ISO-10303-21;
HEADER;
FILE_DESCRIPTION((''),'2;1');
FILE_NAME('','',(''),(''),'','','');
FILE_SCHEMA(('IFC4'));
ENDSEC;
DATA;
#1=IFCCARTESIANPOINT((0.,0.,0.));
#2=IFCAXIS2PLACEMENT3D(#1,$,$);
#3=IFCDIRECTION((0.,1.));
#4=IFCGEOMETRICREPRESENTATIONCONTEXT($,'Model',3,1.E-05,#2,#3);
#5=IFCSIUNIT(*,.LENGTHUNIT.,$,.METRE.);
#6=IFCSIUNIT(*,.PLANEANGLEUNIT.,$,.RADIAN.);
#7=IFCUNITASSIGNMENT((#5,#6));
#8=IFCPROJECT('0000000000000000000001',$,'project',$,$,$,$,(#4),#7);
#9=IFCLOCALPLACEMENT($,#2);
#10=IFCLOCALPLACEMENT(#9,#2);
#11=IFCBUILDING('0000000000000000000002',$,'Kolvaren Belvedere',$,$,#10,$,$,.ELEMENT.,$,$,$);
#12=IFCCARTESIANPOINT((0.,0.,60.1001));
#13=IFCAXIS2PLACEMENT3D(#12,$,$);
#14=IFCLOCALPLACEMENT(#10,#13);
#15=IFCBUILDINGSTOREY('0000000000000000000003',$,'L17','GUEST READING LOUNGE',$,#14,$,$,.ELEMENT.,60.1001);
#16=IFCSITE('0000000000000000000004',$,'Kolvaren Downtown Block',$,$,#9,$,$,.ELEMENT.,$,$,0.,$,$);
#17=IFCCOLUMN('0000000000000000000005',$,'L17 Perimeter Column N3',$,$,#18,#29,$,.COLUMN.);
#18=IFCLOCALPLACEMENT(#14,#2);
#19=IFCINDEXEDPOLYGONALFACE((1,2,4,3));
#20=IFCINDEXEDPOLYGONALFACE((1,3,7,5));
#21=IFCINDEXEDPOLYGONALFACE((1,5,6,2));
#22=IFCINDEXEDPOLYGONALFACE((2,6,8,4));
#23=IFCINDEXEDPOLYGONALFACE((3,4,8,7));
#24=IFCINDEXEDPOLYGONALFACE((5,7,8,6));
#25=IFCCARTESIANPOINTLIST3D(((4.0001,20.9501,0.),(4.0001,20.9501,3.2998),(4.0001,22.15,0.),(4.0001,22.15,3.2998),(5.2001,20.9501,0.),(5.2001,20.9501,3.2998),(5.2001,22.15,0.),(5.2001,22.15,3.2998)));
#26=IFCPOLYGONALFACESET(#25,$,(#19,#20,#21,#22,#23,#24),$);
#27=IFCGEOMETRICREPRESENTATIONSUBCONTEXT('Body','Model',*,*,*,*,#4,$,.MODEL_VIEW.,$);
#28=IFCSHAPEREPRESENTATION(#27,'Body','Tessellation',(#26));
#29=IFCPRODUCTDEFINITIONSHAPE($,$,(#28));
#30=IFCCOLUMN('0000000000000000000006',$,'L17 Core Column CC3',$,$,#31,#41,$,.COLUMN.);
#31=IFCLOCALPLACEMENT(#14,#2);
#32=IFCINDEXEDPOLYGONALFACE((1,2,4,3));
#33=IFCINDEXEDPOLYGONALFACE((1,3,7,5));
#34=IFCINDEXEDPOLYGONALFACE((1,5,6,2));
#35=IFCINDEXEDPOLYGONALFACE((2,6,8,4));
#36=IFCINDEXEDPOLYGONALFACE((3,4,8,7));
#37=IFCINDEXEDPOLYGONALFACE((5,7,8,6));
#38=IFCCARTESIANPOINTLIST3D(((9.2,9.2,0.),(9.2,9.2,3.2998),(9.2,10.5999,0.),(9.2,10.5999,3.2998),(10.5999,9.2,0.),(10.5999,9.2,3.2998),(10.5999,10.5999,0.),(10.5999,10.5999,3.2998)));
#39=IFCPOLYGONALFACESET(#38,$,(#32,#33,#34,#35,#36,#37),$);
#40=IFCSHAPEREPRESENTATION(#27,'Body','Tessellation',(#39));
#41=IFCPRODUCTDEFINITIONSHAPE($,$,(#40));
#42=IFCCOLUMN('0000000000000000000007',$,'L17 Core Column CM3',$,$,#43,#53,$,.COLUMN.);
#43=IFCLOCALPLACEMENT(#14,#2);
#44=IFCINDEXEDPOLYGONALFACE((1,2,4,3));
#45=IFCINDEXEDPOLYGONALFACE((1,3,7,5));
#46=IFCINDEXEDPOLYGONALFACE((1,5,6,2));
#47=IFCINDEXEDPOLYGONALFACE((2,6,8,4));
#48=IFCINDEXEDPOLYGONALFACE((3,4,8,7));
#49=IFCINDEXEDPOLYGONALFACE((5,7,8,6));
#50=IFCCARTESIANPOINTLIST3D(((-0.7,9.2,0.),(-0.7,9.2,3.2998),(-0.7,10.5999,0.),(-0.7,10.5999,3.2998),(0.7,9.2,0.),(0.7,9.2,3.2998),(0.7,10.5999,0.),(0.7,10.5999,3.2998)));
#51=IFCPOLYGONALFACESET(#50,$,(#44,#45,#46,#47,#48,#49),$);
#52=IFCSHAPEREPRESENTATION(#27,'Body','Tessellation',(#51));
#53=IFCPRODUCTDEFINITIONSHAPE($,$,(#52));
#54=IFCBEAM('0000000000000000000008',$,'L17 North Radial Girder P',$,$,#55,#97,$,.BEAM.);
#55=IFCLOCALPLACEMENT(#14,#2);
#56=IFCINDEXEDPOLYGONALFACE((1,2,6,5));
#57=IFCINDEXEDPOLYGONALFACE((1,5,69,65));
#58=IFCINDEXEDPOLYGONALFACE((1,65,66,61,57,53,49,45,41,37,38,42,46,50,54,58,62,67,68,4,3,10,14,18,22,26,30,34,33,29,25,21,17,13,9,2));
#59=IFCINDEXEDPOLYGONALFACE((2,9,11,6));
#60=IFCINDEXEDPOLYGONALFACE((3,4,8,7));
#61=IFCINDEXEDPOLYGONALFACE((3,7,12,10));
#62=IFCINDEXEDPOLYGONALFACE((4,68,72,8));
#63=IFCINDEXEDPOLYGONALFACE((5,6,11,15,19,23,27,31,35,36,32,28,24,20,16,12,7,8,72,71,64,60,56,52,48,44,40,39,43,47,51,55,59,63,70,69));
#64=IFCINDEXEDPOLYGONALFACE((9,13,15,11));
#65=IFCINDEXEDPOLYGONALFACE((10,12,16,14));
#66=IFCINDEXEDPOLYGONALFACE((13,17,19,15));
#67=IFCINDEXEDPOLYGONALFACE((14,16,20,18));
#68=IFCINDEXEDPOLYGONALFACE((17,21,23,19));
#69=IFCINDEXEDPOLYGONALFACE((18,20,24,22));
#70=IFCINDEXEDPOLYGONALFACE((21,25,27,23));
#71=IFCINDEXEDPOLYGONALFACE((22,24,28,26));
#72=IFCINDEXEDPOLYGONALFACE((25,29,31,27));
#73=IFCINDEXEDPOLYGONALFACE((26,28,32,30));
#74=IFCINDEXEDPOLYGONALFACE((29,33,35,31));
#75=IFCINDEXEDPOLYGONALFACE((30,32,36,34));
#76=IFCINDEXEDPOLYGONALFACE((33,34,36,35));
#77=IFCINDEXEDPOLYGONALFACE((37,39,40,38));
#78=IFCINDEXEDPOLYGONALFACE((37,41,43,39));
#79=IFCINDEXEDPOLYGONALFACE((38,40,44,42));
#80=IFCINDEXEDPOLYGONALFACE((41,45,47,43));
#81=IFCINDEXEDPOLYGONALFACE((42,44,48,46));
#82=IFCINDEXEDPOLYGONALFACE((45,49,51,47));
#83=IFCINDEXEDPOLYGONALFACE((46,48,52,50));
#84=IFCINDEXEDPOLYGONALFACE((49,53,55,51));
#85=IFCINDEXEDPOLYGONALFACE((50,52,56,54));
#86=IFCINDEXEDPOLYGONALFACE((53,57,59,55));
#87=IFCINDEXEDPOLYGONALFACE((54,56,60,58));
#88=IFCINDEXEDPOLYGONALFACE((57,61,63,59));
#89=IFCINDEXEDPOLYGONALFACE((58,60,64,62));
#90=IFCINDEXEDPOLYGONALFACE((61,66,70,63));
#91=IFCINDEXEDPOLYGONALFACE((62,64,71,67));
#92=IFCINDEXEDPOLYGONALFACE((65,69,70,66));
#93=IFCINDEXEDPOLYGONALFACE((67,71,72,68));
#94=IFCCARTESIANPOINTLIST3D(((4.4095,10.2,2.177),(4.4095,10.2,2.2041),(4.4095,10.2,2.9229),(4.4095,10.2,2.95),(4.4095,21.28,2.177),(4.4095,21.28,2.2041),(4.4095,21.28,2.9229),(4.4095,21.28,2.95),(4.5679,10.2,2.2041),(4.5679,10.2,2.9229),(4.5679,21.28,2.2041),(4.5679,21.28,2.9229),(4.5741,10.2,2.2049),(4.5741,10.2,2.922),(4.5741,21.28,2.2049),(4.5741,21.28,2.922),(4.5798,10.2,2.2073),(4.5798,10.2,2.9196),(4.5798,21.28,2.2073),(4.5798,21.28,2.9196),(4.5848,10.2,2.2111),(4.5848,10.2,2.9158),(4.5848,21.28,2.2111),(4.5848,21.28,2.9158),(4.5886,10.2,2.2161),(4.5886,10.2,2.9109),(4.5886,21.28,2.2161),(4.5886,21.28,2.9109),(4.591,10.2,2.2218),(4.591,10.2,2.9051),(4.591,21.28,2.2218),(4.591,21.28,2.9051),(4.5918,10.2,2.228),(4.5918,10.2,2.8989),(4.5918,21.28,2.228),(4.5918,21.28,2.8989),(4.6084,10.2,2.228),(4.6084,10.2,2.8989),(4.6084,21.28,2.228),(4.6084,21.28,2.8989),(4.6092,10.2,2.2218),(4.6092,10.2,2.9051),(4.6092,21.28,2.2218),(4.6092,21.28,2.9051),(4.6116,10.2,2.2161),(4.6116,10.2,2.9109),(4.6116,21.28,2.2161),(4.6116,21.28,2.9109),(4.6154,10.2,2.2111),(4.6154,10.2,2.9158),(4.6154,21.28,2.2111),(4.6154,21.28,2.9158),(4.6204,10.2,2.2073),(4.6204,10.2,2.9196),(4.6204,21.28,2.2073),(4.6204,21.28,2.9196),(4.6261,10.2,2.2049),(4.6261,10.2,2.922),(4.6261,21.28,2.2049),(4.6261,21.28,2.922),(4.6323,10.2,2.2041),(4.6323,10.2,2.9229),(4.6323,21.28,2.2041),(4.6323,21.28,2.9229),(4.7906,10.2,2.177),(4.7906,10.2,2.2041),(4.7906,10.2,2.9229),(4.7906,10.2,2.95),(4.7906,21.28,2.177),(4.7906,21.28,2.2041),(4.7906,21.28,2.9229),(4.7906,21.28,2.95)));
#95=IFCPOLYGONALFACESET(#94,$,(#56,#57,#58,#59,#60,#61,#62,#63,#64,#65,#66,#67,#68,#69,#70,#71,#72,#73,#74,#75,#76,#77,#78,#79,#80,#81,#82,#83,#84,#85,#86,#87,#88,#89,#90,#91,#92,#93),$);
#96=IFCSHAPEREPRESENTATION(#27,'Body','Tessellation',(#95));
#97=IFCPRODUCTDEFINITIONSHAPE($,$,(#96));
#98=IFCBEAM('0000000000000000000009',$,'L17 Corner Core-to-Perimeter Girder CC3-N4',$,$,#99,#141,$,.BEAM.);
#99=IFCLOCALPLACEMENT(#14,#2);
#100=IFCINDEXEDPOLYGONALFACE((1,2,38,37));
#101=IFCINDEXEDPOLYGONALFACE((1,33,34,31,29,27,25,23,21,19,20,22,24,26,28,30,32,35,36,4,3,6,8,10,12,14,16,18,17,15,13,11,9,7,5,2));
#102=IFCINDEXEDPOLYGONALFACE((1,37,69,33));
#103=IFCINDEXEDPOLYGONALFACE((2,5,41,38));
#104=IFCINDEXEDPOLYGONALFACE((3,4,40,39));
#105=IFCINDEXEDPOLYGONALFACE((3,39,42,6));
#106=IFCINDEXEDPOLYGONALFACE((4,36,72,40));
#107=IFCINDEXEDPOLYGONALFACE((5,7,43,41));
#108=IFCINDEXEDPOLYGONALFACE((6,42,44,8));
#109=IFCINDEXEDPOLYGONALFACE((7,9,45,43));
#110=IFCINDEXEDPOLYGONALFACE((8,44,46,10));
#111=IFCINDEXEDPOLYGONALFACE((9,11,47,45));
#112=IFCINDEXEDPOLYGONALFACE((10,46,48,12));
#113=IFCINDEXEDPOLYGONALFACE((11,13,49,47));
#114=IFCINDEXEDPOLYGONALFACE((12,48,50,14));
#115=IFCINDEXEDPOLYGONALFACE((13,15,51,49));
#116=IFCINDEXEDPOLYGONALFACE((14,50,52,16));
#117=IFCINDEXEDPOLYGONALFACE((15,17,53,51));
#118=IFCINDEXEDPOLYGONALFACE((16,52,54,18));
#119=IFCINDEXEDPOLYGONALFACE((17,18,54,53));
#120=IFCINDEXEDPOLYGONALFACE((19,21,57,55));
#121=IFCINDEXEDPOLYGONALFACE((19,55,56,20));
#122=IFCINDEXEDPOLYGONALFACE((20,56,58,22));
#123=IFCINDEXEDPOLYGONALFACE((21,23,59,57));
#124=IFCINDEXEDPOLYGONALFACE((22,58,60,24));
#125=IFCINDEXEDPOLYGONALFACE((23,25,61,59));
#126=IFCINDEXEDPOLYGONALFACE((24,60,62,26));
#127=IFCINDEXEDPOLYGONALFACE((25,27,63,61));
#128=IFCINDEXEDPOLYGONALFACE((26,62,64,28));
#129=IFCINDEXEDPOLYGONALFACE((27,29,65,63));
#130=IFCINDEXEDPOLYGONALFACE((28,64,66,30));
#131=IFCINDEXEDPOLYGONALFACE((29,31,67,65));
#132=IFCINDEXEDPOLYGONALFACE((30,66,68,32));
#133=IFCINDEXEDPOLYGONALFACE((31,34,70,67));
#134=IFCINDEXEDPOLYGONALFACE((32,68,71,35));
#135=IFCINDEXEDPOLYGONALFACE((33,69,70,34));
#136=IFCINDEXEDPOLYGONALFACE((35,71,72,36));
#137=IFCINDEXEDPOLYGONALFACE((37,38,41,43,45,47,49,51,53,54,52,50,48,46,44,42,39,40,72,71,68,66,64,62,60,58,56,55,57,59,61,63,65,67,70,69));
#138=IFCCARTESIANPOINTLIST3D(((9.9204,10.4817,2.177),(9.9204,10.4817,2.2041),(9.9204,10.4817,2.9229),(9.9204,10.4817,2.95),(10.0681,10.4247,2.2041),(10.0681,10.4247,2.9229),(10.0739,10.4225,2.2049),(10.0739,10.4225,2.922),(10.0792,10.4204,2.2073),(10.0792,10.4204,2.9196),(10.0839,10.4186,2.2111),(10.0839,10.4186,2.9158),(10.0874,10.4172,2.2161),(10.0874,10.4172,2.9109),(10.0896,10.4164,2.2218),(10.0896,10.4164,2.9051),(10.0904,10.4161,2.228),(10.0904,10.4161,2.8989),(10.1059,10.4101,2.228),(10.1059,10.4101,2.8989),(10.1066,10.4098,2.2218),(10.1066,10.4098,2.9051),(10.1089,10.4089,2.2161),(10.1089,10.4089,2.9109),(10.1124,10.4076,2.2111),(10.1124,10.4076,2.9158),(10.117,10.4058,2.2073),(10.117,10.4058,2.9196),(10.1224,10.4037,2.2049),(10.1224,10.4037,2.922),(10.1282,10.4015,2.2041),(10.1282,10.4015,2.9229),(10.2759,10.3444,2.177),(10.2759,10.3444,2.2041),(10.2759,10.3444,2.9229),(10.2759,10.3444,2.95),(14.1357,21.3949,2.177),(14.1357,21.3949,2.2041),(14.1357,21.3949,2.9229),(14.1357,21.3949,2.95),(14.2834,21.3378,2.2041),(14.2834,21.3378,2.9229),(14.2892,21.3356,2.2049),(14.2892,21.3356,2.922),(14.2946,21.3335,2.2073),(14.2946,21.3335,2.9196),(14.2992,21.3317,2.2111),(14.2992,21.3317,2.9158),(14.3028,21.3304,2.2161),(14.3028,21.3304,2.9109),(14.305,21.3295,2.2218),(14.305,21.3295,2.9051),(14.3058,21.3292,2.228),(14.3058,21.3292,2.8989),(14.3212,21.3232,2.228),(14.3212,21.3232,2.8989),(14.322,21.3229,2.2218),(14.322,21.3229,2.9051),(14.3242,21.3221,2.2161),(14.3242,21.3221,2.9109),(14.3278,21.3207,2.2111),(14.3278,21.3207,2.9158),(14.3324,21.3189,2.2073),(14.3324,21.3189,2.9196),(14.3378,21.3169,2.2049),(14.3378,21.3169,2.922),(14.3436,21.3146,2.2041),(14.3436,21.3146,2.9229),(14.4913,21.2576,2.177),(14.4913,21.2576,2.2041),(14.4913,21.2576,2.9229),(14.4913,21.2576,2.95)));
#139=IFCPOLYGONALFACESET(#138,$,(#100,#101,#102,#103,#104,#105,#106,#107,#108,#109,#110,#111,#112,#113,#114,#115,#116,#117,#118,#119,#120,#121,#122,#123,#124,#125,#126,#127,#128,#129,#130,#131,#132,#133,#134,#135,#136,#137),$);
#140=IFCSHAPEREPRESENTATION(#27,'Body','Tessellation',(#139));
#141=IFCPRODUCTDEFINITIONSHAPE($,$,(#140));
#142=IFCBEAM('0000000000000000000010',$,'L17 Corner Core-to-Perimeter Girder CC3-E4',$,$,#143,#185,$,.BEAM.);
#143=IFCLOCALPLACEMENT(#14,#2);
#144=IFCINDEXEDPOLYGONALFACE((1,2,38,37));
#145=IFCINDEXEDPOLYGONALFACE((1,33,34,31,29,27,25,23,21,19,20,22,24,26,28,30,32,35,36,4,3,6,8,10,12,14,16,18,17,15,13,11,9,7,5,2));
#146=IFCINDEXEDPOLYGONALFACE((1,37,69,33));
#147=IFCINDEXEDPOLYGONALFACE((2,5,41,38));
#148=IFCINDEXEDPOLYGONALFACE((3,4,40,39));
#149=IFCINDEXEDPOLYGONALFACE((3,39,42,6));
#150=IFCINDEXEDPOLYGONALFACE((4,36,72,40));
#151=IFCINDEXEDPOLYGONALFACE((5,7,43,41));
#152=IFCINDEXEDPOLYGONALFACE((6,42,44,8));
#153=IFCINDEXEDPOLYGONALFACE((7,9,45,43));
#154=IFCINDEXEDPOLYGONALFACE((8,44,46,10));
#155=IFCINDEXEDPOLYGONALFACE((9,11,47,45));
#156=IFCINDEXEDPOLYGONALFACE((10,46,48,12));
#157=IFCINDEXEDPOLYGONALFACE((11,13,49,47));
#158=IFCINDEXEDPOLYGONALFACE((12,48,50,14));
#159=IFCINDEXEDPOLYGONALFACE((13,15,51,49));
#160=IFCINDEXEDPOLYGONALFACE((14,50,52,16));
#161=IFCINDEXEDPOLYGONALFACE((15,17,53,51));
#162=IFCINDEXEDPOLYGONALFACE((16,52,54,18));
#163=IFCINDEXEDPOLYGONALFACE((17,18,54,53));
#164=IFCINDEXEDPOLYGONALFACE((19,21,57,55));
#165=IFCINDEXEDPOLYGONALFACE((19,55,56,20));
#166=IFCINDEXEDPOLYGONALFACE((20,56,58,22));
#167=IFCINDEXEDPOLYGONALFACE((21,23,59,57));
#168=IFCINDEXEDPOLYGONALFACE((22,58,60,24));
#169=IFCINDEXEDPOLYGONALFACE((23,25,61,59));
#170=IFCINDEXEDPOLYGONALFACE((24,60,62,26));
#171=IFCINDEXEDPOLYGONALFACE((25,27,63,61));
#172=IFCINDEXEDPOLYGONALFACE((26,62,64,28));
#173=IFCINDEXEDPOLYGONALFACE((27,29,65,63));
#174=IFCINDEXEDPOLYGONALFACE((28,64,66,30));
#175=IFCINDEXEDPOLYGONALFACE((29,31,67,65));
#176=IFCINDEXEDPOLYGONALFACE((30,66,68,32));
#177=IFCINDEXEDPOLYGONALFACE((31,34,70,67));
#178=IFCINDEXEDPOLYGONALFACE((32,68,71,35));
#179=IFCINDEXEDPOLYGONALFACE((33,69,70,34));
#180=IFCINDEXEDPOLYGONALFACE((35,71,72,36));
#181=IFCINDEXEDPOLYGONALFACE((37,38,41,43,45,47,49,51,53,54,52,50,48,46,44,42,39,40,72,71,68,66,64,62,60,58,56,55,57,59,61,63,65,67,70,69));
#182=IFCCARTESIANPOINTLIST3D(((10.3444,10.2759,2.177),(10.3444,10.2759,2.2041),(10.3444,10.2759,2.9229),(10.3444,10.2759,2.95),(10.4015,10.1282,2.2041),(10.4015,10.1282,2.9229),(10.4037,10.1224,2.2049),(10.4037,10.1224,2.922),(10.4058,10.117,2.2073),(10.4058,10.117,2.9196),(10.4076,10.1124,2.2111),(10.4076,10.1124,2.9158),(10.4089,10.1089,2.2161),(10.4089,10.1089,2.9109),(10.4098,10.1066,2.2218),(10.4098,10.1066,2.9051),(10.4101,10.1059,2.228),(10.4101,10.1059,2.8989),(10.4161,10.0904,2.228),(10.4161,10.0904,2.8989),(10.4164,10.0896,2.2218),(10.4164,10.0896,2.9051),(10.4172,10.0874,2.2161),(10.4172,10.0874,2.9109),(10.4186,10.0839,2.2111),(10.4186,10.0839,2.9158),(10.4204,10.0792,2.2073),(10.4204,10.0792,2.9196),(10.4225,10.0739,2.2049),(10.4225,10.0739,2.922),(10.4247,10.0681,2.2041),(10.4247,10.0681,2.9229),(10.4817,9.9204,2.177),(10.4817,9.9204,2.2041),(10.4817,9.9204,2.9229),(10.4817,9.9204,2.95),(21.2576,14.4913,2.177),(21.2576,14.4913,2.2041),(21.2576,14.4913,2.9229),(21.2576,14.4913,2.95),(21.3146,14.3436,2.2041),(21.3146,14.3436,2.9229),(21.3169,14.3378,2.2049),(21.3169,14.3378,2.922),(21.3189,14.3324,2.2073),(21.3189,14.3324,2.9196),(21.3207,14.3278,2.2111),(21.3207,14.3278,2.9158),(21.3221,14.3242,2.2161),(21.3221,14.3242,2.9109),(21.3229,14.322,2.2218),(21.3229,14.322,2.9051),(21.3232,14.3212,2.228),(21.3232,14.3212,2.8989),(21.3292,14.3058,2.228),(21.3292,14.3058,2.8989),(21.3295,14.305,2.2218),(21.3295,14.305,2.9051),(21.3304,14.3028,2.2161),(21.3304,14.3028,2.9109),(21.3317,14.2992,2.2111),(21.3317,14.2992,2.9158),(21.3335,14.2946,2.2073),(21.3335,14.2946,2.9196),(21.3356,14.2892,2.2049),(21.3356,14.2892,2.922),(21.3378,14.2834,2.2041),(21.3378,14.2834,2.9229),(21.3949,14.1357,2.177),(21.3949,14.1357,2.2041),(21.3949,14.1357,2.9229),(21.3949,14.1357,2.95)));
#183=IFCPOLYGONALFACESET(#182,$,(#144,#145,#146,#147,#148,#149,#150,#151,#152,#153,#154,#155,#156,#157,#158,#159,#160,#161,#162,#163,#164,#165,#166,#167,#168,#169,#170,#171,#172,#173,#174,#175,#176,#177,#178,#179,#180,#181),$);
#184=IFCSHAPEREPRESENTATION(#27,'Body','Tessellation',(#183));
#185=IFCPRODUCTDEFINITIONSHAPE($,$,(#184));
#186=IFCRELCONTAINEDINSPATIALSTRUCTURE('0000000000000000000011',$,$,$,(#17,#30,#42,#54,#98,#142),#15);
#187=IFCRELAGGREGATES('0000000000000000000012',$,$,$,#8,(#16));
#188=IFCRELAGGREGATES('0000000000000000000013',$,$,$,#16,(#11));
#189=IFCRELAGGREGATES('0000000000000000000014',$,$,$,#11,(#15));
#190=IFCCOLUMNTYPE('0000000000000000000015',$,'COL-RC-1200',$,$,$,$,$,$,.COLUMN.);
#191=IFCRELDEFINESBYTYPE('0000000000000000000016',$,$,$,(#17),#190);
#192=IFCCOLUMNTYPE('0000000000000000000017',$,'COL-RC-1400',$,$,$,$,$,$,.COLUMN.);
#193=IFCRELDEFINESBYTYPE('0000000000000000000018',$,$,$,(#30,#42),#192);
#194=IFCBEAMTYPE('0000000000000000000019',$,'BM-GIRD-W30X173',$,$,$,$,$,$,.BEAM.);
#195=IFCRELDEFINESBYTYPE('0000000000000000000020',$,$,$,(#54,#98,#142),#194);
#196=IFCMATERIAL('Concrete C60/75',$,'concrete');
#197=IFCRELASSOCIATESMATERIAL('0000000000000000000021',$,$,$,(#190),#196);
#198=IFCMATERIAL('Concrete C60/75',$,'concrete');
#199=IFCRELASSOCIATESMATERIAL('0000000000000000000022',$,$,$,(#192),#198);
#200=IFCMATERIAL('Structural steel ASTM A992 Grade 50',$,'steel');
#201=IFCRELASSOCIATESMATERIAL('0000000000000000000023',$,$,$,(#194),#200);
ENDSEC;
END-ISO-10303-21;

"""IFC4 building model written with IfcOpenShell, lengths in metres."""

from ifc_helpers import new_model, si_unit, direction, frame, origin, origin_2d, place, context, subcontext, project, spatial, rectangle, i_section, extrude, material, material_profile, profile_set, type_object, element, save


model = new_model("IFC4")

# Units and contexts
model_context = context("Model", 3, precision=1e-05, world=origin(), true_north=direction((0.0, 1.0)))
body_context = subcontext(model_context, "Body", "Model", "MODEL_VIEW")
ifc_project = project(units=[si_unit("LENGTHUNIT", "METRE"), si_unit("PLANEANGLEUNIT", "RADIAN")], contexts=[model_context])

# Site, building, storey
site_placement = place(None, origin())
site = spatial("IfcSite", under=ifc_project, at=site_placement, Name="Kolvaren Downtown Block", CompositionType="ELEMENT", RefElevation=0.0)
building_placement = place(site_placement, origin())
building = spatial("IfcBuilding", under=site, at=building_placement, Name="Kolvaren Belvedere", CompositionType="ELEMENT")
storey_placement = place(building_placement, frame((0.0, 0.0, 60.1001)))
storey = spatial("IfcBuildingStorey", under=building, at=storey_placement, Name="L17", Description="GUEST READING LOUNGE", CompositionType="ELEMENT", Elevation=60.1001)

# Columns
ifc_material_1 = material(Name="Concrete C60/75", Category="concrete")
ifc_material_profile_1 = material_profile(ifc_material_1, rectangle(XDim=1.2, YDim=1.2, at=origin_2d()), Name="RC 1200X1200")
ifc_profile_set_1 = profile_set([ifc_material_profile_1], Name="Concrete C60/75")
column_type_1 = type_object("IfcColumnType", Name="COL-RC-1200", PredefinedType="COLUMN", material=ifc_profile_set_1)
column_placement = place(storey_placement, frame((4.6001, 21.55, 0.0), z_axis=(0.0, 0.0, 1.0), x_axis=(1.0, 0.0, 0.0)))
element("IfcColumn", 1, at=column_placement, inside=storey, type_object=column_type_1, Name="L17 Perimeter Column N3", PredefinedType="COLUMN", context=body_context, shape_type="SweptSolid", body=[
    extrude(rectangle(XDim=1.2, YDim=1.2, at=origin_2d()), origin(), (0.0, 0.0, 1.0), 3.2998),
])
ifc_material_2 = material(Name="Concrete C60/75", Category="concrete")
ifc_material_profile_2 = material_profile(ifc_material_2, rectangle(XDim=1.3999, YDim=1.3999, at=origin_2d()), Name="RC 1400X1400")
ifc_profile_set_2 = profile_set([ifc_material_profile_2], Name="Concrete C60/75")
column_type_2 = type_object("IfcColumnType", Name="COL-RC-1400", PredefinedType="COLUMN", material=ifc_profile_set_2)
for number, where, z_axis, x_axis, name in (
    (2, (9.8999, 9.8999, 0.0), (0.0, 0.0, 1.0), (1.0, 0.0, 0.0), "L17 Core Column CC3"),
    (3, (0.0, 9.8999, 0.0), (0.0, 0.0, 1.0), (1.0, 0.0, 0.0), "L17 Core Column CM3"),
):
    element("IfcColumn", number, at=place(storey_placement, frame(where, z_axis=z_axis, x_axis=x_axis)), inside=storey, type_object=column_type_2, Name=name, PredefinedType="COLUMN", context=body_context, shape_type="SweptSolid", body=[
        extrude(rectangle(XDim=1.3999, YDim=1.3999, at=origin_2d()), origin(), (0.0, 0.0, 1.0), 3.2998),
    ])

# Beams
ifc_material_3 = material(Name="Structural steel ASTM A992 Grade 50", Category="steel")
ifc_material_profile_3 = material_profile(ifc_material_3, i_section(OverallWidth=0.3811, OverallDepth=0.7729, WebThickness=0.0166, FlangeThickness=0.0271, FilletRadius=0.0239, at=origin_2d()), Name="W30X173")
ifc_profile_set_3 = profile_set([ifc_material_profile_3], Name="Structural steel ASTM A992 Grade 50")
beam_type_1 = type_object("IfcBeamType", Name="BM-GIRD-W30X173", PredefinedType="BEAM", material=ifc_profile_set_3)
beam_1_placement = place(storey_placement, frame((4.6001, 10.2, 2.5635), z_axis=(0.0, 1.0, 0.0), x_axis=(-1.0, 0.0, 0.0)))
element("IfcBeam", 4, at=beam_1_placement, inside=storey, type_object=beam_type_1, Name="L17 North Radial Girder P", PredefinedType="BEAM", context=body_context, shape_type="SweptSolid", body=[
    extrude(i_section(OverallWidth=0.3811, OverallDepth=0.7729, WebThickness=0.0166, FlangeThickness=0.0271, FilletRadius=0.0239, at=origin_2d()), origin(), (0.0, 0.0, 1.0), 11.0801),
])
for number, where, z_axis, x_axis, name in (
    (5, (10.0981, 10.4131, 2.5635), (0.360318, 0.932829, 0.0), (-0.932829, 0.360318, 0.0), "L17 Corner Core-to-Perimeter Girder CC3-N4"),
    (6, (10.4131, 10.0981, 2.5635), (0.932829, 0.360318, 0.0), (-0.360318, 0.932829, 0.0), "L17 Corner Core-to-Perimeter Girder CC3-E4"),
):
    element("IfcBeam", number, at=place(storey_placement, frame(where, z_axis=z_axis, x_axis=x_axis)), inside=storey, type_object=beam_type_1, Name=name, PredefinedType="BEAM", context=body_context, shape_type="SweptSolid", body=[
        extrude(i_section(OverallWidth=0.3811, OverallDepth=0.7729, WebThickness=0.0166, FlangeThickness=0.0271, FilletRadius=0.0239, at=origin_2d()), origin(), (0.0, 0.0, 1.0), 11.699),
    ])

save(model, "model.ifc")
